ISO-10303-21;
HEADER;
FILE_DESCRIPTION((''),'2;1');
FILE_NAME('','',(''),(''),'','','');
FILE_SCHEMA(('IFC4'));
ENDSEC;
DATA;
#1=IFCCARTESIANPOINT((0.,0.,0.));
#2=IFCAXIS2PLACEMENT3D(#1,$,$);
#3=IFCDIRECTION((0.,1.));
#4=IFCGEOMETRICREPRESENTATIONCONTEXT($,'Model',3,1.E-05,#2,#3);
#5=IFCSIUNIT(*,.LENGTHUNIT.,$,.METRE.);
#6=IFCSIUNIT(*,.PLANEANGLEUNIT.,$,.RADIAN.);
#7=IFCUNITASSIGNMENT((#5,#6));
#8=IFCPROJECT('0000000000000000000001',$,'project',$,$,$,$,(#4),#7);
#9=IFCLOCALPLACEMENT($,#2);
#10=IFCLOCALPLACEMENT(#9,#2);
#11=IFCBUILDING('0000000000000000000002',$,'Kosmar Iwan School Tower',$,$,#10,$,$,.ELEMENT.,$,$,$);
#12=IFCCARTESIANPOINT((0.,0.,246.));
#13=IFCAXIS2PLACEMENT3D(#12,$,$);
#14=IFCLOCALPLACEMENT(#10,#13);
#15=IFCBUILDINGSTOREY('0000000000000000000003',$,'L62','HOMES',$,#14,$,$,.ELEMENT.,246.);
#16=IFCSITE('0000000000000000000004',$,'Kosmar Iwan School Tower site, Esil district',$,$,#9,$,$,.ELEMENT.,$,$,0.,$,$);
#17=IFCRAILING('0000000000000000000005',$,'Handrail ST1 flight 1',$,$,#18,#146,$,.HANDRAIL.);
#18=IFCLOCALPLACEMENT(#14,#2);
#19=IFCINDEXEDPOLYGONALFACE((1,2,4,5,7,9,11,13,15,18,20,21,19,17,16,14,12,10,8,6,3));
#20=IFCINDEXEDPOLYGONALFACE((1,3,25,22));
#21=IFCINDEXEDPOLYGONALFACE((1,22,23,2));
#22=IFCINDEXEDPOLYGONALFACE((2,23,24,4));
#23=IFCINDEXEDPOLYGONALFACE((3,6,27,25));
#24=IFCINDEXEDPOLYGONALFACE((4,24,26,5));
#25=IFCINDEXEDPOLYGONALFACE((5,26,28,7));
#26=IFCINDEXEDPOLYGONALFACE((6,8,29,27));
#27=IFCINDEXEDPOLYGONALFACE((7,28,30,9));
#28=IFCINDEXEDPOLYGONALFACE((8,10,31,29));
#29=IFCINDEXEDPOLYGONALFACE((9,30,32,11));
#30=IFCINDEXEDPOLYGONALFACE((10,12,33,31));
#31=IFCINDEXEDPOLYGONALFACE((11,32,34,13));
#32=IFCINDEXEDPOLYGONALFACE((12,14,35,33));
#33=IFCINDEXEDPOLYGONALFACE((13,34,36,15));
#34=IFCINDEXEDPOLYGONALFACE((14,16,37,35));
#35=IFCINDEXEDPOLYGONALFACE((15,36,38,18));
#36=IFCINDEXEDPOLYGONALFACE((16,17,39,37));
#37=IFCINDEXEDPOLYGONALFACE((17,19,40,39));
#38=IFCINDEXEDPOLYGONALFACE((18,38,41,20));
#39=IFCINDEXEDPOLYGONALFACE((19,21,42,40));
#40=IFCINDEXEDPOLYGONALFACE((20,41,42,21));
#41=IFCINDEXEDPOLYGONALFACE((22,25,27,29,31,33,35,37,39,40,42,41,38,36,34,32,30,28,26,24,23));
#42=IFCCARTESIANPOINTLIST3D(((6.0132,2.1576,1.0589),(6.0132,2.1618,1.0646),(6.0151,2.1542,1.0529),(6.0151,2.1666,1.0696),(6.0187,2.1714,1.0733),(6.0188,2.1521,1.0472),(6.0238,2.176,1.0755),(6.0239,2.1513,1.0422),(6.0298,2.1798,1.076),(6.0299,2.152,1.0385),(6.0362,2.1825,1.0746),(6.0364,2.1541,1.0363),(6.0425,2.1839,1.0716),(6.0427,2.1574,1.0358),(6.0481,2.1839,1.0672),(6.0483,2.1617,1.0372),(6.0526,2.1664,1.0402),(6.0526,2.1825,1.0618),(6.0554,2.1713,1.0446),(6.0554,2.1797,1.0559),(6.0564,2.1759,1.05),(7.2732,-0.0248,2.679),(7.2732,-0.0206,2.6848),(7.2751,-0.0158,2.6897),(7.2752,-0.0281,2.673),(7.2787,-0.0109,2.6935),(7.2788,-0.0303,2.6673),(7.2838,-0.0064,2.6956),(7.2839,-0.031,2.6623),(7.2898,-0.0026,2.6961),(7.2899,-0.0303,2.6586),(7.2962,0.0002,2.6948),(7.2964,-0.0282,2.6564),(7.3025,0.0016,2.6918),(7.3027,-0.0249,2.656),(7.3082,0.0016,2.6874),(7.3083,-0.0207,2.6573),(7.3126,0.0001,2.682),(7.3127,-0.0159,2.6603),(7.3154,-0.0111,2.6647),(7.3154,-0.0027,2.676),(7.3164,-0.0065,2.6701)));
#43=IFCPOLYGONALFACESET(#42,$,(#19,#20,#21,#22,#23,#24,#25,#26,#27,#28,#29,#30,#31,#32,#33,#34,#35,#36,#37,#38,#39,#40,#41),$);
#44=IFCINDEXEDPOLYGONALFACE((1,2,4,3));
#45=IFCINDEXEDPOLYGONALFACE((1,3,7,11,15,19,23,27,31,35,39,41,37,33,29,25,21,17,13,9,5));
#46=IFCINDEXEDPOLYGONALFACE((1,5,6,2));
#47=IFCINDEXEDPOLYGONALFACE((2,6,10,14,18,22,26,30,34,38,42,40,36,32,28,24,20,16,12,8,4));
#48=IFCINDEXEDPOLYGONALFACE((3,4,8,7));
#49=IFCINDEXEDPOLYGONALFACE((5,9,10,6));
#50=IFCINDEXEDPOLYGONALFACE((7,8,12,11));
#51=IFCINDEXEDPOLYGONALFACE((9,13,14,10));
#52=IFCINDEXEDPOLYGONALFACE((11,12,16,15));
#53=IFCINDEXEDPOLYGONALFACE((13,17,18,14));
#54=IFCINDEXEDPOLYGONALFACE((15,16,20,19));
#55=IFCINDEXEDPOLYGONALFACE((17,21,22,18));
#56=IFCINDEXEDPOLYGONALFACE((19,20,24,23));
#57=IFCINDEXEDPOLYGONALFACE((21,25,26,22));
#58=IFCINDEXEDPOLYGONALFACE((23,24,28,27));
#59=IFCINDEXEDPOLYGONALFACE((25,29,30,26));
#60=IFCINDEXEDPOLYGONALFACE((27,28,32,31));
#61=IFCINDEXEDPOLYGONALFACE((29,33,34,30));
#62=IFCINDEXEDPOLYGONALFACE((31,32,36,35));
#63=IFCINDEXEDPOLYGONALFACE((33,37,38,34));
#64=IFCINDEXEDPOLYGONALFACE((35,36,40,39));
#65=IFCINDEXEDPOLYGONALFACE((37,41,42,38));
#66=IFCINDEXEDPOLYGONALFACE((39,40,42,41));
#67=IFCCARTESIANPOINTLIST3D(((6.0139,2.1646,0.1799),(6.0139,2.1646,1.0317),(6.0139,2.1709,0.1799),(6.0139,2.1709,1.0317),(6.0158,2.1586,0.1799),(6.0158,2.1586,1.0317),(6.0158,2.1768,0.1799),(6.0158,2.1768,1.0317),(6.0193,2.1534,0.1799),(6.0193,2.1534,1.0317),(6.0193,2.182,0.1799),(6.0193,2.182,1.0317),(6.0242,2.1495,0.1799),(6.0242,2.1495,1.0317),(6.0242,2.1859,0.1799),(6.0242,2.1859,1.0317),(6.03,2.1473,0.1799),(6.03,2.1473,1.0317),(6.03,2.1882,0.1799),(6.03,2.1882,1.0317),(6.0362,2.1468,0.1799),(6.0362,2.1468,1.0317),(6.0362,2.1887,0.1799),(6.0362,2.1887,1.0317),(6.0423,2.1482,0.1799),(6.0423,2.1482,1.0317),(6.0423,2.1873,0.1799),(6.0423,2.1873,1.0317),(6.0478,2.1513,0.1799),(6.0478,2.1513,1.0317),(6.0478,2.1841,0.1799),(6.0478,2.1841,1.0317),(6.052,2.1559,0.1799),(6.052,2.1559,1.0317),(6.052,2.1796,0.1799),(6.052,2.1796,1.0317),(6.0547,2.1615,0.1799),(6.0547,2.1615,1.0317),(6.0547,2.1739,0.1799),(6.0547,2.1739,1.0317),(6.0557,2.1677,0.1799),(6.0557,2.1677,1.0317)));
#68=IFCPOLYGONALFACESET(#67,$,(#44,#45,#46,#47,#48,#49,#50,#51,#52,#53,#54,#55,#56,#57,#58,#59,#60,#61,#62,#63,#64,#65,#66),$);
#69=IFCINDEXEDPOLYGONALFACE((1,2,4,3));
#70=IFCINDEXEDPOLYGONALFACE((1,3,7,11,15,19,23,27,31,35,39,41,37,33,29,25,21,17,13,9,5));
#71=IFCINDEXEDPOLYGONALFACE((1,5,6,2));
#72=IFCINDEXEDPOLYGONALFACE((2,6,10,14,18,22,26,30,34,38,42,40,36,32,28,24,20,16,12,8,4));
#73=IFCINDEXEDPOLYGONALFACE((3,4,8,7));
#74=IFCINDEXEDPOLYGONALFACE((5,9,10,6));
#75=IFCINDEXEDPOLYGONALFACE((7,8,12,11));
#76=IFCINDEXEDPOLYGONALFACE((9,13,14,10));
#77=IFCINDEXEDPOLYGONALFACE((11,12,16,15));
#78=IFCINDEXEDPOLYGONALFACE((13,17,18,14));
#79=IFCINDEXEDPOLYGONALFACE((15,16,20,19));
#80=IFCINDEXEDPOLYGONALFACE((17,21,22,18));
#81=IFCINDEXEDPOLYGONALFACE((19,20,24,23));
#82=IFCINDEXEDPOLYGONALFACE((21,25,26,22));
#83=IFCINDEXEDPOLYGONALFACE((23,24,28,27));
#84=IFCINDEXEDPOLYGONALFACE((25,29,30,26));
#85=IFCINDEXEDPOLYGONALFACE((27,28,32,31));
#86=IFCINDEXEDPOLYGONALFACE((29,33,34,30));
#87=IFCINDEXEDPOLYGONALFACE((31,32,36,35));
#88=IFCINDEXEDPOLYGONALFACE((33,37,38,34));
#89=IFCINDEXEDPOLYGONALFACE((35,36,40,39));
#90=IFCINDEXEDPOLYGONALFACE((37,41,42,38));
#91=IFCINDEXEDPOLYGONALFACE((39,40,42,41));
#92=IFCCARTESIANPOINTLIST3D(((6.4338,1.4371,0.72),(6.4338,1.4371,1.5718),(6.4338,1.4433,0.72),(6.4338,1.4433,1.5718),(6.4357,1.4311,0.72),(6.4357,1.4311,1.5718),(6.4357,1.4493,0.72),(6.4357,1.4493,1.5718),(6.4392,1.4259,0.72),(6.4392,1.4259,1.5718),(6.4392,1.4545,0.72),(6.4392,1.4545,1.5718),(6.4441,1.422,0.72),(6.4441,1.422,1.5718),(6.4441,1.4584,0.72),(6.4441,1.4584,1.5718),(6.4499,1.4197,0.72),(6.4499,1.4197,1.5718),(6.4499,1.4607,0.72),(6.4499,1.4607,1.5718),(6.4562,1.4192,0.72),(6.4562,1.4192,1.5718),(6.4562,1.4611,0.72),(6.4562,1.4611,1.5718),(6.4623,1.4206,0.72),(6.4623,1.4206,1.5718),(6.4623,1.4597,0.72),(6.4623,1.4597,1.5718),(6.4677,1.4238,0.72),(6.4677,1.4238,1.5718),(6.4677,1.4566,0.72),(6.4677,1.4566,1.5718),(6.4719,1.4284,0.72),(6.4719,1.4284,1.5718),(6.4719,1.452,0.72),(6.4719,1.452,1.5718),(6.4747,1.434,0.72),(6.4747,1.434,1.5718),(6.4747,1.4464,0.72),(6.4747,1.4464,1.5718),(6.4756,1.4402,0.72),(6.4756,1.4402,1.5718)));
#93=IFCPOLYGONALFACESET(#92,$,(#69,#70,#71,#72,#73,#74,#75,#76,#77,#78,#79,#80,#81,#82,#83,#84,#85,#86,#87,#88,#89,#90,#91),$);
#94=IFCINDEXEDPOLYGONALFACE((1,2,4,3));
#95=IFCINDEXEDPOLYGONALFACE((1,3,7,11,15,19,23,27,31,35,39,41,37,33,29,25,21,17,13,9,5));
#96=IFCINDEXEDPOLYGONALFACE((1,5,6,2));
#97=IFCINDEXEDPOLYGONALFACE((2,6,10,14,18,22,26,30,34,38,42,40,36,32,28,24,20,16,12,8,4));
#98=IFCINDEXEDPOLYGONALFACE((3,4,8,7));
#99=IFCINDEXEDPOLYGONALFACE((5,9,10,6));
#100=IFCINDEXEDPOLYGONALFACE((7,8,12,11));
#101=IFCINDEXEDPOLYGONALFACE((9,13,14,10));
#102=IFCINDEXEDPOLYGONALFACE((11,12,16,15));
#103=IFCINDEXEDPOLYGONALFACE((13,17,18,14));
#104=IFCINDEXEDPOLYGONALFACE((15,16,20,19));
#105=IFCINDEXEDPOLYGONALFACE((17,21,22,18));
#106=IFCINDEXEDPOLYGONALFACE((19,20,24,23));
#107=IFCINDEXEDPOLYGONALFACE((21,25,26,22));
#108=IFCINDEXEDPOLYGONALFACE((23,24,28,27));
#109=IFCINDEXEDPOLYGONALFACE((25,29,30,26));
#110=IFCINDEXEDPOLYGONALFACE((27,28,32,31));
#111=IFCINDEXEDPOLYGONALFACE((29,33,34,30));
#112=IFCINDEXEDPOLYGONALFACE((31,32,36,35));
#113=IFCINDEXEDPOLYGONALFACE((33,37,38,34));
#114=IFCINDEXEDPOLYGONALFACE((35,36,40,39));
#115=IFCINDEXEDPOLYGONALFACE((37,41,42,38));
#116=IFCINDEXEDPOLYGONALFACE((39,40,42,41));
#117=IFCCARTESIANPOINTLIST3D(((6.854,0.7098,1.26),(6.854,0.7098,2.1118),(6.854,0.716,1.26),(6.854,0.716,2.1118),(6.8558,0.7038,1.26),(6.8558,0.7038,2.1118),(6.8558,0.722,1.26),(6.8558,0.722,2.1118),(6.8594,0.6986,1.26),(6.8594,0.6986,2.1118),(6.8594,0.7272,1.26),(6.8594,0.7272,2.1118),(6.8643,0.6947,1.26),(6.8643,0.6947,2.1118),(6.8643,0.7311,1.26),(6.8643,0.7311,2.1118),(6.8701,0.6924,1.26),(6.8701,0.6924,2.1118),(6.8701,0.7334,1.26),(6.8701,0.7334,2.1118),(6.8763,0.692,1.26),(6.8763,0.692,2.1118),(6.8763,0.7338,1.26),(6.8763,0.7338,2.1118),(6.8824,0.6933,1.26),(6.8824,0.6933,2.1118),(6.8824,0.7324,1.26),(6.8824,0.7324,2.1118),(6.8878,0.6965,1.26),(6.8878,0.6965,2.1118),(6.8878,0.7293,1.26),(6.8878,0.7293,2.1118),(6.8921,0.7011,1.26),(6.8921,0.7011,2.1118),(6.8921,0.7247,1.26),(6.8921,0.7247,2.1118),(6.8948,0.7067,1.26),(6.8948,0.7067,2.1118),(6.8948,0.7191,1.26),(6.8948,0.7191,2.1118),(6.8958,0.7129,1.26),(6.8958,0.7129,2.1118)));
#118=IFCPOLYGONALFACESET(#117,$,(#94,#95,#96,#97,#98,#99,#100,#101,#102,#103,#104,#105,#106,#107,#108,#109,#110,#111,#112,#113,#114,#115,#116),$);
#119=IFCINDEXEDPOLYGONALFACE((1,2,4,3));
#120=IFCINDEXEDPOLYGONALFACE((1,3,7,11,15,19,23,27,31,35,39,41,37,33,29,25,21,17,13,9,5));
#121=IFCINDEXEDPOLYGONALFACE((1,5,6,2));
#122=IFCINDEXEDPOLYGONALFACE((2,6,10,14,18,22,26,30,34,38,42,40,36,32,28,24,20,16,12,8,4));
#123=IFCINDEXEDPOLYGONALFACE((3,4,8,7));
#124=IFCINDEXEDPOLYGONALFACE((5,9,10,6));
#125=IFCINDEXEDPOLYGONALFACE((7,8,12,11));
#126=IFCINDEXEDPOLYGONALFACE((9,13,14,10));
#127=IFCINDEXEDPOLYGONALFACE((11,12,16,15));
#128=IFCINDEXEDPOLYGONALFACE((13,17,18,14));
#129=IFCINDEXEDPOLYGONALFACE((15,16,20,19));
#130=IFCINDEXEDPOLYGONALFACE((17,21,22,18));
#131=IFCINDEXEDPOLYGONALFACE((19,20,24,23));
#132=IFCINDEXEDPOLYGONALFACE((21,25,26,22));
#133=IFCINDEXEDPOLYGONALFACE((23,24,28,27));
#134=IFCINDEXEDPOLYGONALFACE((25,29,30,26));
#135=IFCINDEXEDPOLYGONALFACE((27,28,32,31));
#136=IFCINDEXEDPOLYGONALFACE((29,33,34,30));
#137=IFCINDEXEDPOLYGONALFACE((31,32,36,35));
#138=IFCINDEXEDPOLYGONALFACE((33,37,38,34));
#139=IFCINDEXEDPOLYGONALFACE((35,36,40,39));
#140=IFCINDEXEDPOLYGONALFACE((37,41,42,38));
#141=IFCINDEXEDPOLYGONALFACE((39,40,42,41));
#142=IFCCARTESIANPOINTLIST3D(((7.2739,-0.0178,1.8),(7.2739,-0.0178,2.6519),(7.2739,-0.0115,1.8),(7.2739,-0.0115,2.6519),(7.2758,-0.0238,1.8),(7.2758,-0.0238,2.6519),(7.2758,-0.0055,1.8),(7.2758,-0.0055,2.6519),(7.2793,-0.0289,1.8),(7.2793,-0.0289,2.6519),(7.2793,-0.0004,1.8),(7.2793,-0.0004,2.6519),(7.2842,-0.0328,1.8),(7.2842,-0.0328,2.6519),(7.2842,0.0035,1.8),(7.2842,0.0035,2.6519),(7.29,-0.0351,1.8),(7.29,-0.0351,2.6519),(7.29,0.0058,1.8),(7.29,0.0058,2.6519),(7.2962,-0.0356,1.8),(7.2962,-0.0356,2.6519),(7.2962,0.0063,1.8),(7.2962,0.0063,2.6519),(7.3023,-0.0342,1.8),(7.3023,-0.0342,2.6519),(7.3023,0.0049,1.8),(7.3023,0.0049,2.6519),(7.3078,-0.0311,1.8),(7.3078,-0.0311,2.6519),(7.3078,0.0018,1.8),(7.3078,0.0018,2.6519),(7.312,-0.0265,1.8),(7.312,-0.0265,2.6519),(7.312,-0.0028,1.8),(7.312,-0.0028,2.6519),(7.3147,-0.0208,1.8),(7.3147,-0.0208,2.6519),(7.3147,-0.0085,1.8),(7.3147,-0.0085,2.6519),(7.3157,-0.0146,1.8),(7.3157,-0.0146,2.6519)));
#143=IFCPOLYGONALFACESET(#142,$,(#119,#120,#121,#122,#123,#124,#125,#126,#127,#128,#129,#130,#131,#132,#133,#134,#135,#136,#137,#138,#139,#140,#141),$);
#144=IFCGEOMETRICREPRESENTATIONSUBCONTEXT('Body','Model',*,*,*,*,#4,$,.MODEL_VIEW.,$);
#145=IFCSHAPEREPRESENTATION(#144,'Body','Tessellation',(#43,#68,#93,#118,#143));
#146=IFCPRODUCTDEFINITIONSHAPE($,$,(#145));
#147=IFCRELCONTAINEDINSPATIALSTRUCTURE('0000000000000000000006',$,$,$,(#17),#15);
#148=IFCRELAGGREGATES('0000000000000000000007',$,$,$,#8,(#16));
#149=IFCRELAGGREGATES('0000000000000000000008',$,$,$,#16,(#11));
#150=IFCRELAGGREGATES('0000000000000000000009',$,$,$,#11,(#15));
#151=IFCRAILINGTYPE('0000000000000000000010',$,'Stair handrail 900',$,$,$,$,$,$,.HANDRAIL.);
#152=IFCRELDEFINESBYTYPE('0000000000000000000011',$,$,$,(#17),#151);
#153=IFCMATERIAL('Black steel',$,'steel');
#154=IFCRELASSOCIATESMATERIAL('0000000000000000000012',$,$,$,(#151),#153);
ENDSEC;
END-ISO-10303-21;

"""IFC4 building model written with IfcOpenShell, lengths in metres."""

from ifc_helpers import new_model, si_unit, direction, frame, origin, origin_2d, place, context, subcontext, project, spatial, circle, extrude, material, type_object, element, save


model = new_model("IFC4")

# Units and contexts
model_context = context("Model", 3, precision=1e-05, world=origin(), true_north=direction((0.0, 1.0)))
body_context = subcontext(model_context, "Body", "Model", "MODEL_VIEW")
ifc_project = project(units=[si_unit("LENGTHUNIT", "METRE"), si_unit("PLANEANGLEUNIT", "RADIAN")], contexts=[model_context])

# Site, building, storey
site_placement = place(None, origin())
site = spatial("IfcSite", under=ifc_project, at=site_placement, Name="Kosmar Iwan School Tower site, Esil district", CompositionType="ELEMENT", RefElevation=0.0)
building_placement = place(site_placement, origin())
building = spatial("IfcBuilding", under=site, at=building_placement, Name="Kosmar Iwan School Tower", CompositionType="ELEMENT")
storey_placement = place(building_placement, frame((0.0, 0.0, 246.0)))
storey = spatial("IfcBuildingStorey", under=building, at=storey_placement, Name="L62", Description="HOMES", CompositionType="ELEMENT", Elevation=246.0)

# Railing
ifc_material_1 = material(Name="Black steel", Category="steel")
railing_type = type_object("IfcRailingType", Name="Stair handrail 900", PredefinedType="HANDRAIL", material=ifc_material_1)
railing_placement = place(storey_placement, frame((6.0347, 2.1677, 0.1799)))
element("IfcRailing", 1, at=railing_placement, inside=storey, type_object=railing_type, Name="Handrail ST1 flight 1", PredefinedType="HANDRAIL", context=body_context, shape_type="SweptSolid", body=[
    extrude(circle(Radius=0.0239, at=origin_2d()), frame((0.0, 0.0, 0.876), z_axis=(0.420584, -0.728464, 0.540786), x_axis=(0.866023, 0.500005, 0.0)), (0.0, 0.0, 1.0), 2.9958),
    extrude(circle(Radius=0.021, at=origin_2d()), origin(), (0.0, 0.0, 1.0), 0.8518),
    extrude(circle(Radius=0.021, at=origin_2d()), frame((0.4199, -0.7275, 0.54)), (0.0, 0.0, 1.0), 0.8518),
    extrude(circle(Radius=0.021, at=origin_2d()), frame((0.8401, -1.4548, 1.0801)), (0.0, 0.0, 1.0), 0.8518),
    extrude(circle(Radius=0.021, at=origin_2d()), frame((1.26, -2.1824, 1.6201)), (0.0, 0.0, 1.0), 0.8518),
])

save(model, "model.ifc")
